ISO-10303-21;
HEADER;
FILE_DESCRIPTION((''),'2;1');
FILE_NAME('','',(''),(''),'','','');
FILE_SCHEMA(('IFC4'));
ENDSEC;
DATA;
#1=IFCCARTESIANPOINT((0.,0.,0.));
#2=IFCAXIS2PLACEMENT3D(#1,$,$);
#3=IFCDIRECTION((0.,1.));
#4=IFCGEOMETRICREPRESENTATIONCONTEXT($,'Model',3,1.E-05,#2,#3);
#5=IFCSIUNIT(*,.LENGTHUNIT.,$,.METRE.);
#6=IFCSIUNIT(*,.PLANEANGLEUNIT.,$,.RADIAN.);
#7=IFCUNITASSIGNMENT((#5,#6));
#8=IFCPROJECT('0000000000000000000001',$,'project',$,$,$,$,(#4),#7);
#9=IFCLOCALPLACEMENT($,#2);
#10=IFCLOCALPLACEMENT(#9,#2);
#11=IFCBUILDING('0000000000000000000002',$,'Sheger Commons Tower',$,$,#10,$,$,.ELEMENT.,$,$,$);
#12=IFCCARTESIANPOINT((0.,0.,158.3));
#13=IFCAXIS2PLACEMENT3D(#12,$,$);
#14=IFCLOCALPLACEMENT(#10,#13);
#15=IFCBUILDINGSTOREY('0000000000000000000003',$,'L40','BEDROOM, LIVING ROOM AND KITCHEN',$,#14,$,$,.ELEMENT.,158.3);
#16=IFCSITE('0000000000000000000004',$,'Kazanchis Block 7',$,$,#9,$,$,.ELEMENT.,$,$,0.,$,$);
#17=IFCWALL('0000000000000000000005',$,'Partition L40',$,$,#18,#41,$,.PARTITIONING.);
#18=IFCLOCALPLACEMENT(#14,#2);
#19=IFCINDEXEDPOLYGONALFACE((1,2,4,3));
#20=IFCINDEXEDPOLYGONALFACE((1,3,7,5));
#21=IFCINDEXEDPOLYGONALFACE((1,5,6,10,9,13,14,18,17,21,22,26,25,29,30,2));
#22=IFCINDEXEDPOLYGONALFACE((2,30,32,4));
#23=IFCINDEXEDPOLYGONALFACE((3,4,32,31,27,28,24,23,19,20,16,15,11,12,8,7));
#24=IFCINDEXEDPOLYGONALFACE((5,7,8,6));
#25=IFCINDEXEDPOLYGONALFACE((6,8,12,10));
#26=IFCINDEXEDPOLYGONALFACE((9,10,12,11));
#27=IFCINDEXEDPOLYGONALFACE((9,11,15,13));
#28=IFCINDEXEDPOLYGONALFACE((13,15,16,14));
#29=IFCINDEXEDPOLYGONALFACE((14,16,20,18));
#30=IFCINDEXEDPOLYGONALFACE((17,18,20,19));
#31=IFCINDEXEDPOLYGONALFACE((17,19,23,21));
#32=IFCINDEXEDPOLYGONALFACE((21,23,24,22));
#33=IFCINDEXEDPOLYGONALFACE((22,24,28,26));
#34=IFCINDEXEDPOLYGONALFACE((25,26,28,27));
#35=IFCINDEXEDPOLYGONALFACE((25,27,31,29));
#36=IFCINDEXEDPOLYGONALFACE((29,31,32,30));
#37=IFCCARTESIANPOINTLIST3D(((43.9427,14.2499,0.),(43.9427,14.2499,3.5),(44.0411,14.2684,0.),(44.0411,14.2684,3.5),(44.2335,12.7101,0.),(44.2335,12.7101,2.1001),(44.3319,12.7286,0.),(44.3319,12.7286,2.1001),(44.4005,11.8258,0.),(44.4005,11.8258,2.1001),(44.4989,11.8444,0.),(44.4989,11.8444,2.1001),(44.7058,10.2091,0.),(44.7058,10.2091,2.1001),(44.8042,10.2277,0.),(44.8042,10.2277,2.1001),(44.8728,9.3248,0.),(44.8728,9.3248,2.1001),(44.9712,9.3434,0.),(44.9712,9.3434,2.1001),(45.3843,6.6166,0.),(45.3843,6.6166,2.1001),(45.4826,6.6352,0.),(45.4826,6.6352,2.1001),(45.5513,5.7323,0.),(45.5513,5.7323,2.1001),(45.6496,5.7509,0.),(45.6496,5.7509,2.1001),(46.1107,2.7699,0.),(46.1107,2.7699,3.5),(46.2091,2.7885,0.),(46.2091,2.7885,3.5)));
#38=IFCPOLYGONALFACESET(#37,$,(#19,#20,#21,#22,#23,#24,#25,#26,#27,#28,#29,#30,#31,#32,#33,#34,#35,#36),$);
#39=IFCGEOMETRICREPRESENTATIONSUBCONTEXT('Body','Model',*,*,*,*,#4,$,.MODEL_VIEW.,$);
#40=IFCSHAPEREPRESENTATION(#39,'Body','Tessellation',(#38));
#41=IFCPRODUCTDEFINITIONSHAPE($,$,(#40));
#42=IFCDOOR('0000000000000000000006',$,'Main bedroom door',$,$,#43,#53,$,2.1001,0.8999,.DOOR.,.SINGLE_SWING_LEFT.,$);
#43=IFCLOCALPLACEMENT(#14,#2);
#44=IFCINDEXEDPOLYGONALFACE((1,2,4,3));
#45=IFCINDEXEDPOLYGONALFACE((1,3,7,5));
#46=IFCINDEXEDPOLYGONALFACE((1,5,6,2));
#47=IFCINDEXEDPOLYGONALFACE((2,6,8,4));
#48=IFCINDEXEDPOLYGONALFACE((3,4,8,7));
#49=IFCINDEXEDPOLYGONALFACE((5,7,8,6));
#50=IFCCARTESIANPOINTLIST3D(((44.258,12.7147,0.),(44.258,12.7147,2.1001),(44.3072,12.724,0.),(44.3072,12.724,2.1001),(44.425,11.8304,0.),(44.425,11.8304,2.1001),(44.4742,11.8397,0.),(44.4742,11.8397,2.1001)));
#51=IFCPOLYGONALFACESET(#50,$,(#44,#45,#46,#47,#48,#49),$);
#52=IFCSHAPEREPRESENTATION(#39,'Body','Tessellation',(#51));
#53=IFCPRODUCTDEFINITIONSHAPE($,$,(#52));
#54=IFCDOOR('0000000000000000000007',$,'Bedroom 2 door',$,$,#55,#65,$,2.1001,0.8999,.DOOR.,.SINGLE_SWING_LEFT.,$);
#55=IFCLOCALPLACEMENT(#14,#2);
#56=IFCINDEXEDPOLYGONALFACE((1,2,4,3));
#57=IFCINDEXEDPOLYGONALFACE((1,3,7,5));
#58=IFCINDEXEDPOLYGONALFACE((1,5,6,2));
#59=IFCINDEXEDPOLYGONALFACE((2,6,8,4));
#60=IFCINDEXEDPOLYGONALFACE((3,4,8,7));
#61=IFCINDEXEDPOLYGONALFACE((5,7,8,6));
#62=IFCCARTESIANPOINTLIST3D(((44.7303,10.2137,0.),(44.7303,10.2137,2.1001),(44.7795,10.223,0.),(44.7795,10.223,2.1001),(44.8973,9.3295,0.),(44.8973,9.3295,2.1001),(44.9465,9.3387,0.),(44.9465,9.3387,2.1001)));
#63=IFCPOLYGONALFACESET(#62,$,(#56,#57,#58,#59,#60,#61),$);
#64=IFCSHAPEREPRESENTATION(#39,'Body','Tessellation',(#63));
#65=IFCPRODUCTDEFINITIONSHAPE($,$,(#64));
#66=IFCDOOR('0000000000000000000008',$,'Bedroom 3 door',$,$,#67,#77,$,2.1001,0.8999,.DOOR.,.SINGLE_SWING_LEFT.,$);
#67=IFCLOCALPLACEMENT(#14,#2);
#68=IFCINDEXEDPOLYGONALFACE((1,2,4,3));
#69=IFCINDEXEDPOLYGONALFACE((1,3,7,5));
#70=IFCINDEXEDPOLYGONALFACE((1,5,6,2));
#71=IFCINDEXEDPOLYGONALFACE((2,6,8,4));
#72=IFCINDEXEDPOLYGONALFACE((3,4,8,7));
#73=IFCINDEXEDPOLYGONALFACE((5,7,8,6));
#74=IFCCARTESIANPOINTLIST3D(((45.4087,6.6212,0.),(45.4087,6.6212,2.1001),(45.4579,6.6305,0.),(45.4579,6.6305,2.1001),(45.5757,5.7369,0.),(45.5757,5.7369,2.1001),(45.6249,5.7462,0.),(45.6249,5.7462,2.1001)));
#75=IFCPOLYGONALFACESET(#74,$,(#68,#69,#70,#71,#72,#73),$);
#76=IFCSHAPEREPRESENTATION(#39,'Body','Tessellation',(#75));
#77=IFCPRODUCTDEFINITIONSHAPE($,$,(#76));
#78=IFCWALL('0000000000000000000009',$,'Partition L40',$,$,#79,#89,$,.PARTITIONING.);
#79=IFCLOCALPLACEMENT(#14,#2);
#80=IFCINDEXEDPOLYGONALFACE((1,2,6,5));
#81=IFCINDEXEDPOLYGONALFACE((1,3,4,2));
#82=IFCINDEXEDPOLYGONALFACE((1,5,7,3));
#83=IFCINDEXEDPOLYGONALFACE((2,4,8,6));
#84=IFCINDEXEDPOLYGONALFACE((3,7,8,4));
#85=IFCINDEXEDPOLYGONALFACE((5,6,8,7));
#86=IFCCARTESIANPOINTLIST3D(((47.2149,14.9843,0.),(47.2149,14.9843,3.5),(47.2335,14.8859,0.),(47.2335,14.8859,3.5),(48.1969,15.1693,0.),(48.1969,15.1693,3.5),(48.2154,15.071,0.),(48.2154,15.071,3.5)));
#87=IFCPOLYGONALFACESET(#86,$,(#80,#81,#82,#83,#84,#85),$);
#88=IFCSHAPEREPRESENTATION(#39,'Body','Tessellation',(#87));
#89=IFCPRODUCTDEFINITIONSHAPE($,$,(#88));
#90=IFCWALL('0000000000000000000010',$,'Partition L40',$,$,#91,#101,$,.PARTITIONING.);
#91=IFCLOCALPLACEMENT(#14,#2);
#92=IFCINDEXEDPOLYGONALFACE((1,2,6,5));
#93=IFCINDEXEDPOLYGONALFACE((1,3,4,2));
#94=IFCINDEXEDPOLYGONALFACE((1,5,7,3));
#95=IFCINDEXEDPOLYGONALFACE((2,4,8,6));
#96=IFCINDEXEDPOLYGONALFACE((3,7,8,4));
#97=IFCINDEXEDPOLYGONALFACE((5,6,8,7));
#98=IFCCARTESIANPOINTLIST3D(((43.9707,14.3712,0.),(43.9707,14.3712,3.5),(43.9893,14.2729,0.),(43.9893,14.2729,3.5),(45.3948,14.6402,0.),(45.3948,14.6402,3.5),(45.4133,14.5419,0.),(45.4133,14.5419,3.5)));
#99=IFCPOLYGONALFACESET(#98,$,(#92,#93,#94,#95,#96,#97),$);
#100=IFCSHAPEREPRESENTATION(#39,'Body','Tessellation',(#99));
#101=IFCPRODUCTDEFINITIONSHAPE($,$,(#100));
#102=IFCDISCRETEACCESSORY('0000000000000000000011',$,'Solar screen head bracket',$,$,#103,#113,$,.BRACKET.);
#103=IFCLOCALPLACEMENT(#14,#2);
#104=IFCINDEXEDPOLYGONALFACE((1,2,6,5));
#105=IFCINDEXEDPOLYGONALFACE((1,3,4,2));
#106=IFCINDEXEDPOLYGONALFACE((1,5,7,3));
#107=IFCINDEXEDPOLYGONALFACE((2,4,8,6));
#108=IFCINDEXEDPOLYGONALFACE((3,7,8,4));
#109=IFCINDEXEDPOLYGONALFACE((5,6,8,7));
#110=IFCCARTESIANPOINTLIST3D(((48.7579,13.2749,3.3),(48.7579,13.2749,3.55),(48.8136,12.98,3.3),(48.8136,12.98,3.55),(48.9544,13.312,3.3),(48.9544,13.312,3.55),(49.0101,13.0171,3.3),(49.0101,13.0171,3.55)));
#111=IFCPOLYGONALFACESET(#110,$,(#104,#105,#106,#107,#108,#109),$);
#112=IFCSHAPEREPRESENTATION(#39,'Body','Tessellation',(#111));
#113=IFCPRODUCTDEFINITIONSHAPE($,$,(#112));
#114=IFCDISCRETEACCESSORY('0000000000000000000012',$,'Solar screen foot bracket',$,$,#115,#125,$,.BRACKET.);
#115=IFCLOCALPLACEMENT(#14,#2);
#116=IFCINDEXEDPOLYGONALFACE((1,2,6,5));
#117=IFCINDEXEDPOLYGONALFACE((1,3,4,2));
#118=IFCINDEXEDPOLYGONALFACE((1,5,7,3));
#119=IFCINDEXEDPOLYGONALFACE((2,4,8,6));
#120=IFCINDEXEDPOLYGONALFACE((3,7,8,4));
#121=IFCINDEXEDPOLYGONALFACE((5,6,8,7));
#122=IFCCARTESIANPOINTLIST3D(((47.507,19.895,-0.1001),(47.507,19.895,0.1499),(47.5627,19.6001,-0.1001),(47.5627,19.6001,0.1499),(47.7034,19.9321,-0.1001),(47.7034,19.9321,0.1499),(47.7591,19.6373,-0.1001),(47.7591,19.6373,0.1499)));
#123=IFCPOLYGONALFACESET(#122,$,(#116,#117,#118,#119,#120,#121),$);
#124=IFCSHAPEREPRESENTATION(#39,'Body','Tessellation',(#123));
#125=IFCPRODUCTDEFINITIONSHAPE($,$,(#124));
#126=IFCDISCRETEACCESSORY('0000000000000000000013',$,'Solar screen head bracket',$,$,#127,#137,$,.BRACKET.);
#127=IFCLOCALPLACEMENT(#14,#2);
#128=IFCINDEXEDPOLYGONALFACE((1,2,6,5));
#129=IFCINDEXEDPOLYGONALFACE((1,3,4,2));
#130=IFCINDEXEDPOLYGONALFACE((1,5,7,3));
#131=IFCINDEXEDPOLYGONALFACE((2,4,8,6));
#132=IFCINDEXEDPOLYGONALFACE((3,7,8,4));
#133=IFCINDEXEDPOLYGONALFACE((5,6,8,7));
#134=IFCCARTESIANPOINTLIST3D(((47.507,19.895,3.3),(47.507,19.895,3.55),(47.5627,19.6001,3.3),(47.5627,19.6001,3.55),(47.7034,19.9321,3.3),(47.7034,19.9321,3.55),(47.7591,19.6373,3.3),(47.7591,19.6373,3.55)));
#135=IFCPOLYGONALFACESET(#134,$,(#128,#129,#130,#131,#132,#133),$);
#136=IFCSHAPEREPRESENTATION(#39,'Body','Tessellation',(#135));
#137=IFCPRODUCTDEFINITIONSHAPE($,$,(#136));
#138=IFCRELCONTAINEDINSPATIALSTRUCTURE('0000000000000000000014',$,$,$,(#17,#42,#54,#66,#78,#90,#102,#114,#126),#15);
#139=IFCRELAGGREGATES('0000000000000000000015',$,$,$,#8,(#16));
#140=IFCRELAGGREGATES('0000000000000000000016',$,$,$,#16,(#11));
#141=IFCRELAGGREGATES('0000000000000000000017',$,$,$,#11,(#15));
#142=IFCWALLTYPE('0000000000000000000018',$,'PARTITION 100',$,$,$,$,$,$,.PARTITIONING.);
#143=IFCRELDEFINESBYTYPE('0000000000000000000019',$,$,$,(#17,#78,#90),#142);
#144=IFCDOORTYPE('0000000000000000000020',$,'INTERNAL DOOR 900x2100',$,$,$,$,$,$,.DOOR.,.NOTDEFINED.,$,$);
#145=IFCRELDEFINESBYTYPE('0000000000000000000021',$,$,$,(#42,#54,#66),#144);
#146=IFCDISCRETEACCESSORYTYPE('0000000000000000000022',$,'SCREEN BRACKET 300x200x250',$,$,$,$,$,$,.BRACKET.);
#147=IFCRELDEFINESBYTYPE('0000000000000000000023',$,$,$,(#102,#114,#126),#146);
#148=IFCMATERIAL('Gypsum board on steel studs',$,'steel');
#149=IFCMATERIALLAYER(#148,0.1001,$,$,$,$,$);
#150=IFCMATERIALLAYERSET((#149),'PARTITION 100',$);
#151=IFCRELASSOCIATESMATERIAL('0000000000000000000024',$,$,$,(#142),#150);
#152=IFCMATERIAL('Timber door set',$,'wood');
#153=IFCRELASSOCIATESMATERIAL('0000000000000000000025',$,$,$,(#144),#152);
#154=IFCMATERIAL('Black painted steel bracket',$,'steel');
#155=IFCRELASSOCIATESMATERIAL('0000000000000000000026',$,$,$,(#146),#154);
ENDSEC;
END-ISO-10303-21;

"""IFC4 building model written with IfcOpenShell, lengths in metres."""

from ifc_helpers import new_model, si_unit, direction, frame, frame_2d, origin, origin_2d, place, context, subcontext, project, spatial, rectangle, extrude, material, layer, layer_set, type_object, element, fill, save


model = new_model("IFC4")

# Units and contexts
model_context = context("Model", 3, precision=1e-05, world=origin(), true_north=direction((0.0, 1.0)))
body_context = subcontext(model_context, "Body", "Model", "MODEL_VIEW")
ifc_project = project(units=[si_unit("LENGTHUNIT", "METRE"), si_unit("PLANEANGLEUNIT", "RADIAN")], contexts=[model_context])

# Site, building, storey
site_placement = place(None, origin())
site = spatial("IfcSite", under=ifc_project, at=site_placement, Name="Kazanchis Block 7", CompositionType="ELEMENT", RefElevation=0.0)
building_placement = place(site_placement, origin())
building = spatial("IfcBuilding", under=site, at=building_placement, Name="Sheger Commons Tower", CompositionType="ELEMENT")
storey_placement = place(building_placement, frame((0.0, 0.0, 158.3)))
storey = spatial("IfcBuildingStorey", under=building, at=storey_placement, Name="L40", Description="BEDROOM, LIVING ROOM AND KITCHEN", CompositionType="ELEMENT", Elevation=158.3)

# Shared definitions
ifc_material_1 = material(Name="Gypsum board on steel studs", Category="steel")
ifc_layer_1 = layer(ifc_material_1, 0.1001)
ifc_layer_set_1 = layer_set([ifc_layer_1], Name="PARTITION 100")
wall_type_1 = type_object("IfcWallType", Name="PARTITION 100", PredefinedType="PARTITIONING", material=ifc_layer_set_1)

# Wall, openings, doors
wall_1_placement = place(storey_placement, frame((43.9919, 14.259, 0.0), z_axis=(0.0, 0.0, 1.0), x_axis=(0.185568, -0.982631, 0.0)))
wall_1 = element("IfcWall", 1, at=wall_1_placement, inside=storey, type_object=wall_type_1, Name="Partition L40", PredefinedType="PARTITIONING", context=body_context, shape_type="SweptSolid", body=[
    extrude(rectangle(XDim=11.6829, YDim=0.1001, at=frame_2d((5.8413, 0.0))), origin(), (0.0, 0.0, 1.0), 3.5),
])
opening_1_placement = place(wall_1_placement, frame((1.5669, 0.0, 0.0)))
opening_1 = element("IfcOpeningElement", 2, at=opening_1_placement, cuts=wall_1, PredefinedType="OPENING", context=body_context, shape_type="SweptSolid", body=[
    extrude(rectangle(XDim=0.8999, YDim=2.1001, at=frame_2d((0.45, 1.05))), frame((0.0, 0.0601, 0.0), z_axis=(0.0, -1.0, 0.0), x_axis=(1.0, 0.0, 0.0)), (0.0, 0.0, 1.0), 0.1201),
])
opening_2_placement = place(wall_1_placement, frame((4.1121, 0.0, 0.0)))
opening_2 = element("IfcOpeningElement", 3, at=opening_2_placement, cuts=wall_1, PredefinedType="OPENING", context=body_context, shape_type="SweptSolid", body=[
    extrude(rectangle(XDim=0.8999, YDim=2.1001, at=frame_2d((0.45, 1.05))), frame((0.0, 0.0601, 0.0), z_axis=(0.0, -1.0, 0.0), x_axis=(1.0, 0.0, 0.0)), (0.0, 0.0, 1.0), 0.1201),
])
opening_3_placement = place(wall_1_placement, frame((7.7681, 0.0, 0.0)))
opening_3 = element("IfcOpeningElement", 4, at=opening_3_placement, cuts=wall_1, PredefinedType="OPENING", context=body_context, shape_type="SweptSolid", body=[
    extrude(rectangle(XDim=0.8999, YDim=2.1001, at=frame_2d((0.45, 1.05))), frame((0.0, 0.0601, 0.0), z_axis=(0.0, -1.0, 0.0), x_axis=(1.0, 0.0, 0.0)), (0.0, 0.0, 1.0), 0.1201),
])
ifc_material_2 = material(Name="Timber door set", Category="wood")
door_type = type_object("IfcDoorType", Name="INTERNAL DOOR 900x2100", OperationType="NOTDEFINED", PredefinedType="DOOR", material=ifc_material_2)
door_1_placement = place(opening_1_placement, origin())
door_1 = element("IfcDoor", 5, at=door_1_placement, inside=storey, type_object=door_type, Name="Main bedroom door", OperationType="SINGLE_SWING_LEFT", OverallHeight=2.1001, OverallWidth=0.8999, PredefinedType="DOOR", context=body_context, shape_type="SweptSolid", body=[
    extrude(rectangle(XDim=0.8999, YDim=2.1001, at=frame_2d((0.45, 1.05))), frame((0.0, 0.0249, 0.0), z_axis=(0.0, -1.0, 0.0), x_axis=(1.0, 0.0, 0.0)), (0.0, 0.0, 1.0), 0.05),
])
fill(opening_1, door_1)
door_2_placement = place(opening_2_placement, origin())
door_2 = element("IfcDoor", 6, at=door_2_placement, inside=storey, type_object=door_type, Name="Bedroom 2 door", OperationType="SINGLE_SWING_LEFT", OverallHeight=2.1001, OverallWidth=0.8999, PredefinedType="DOOR", context=body_context, shape_type="SweptSolid", body=[
    extrude(rectangle(XDim=0.8999, YDim=2.1001, at=frame_2d((0.45, 1.05))), frame((0.0, 0.0249, 0.0), z_axis=(0.0, -1.0, 0.0), x_axis=(1.0, 0.0, 0.0)), (0.0, 0.0, 1.0), 0.05),
])
fill(opening_2, door_2)
door_3_placement = place(opening_3_placement, origin())
door_3 = element("IfcDoor", 7, at=door_3_placement, inside=storey, type_object=door_type, Name="Bedroom 3 door", OperationType="SINGLE_SWING_LEFT", OverallHeight=2.1001, OverallWidth=0.8999, PredefinedType="DOOR", context=body_context, shape_type="SweptSolid", body=[
    extrude(rectangle(XDim=0.8999, YDim=2.1001, at=frame_2d((0.45, 1.05))), frame((0.0, 0.0249, 0.0), z_axis=(0.0, -1.0, 0.0), x_axis=(1.0, 0.0, 0.0)), (0.0, 0.0, 1.0), 0.05),
])
fill(opening_3, door_3)

# Walls
wall_2_placement = place(storey_placement, frame((48.2061, 15.1201, 0.0), z_axis=(0.0, 0.0, 1.0), x_axis=(-0.9827, -0.185203, 0.0)))
element("IfcWall", 8, at=wall_2_placement, inside=storey, type_object=wall_type_1, Name="Partition L40", PredefinedType="PARTITIONING", context=body_context, shape_type="SweptSolid", body=[
    extrude(rectangle(XDim=0.9993, YDim=0.1001, at=frame_2d((0.4995, 0.0))), origin(), (0.0, 0.0, 1.0), 3.5),
])
wall_3_placement = place(storey_placement, frame((45.4041, 14.5911, 0.0), z_axis=(0.0, 0.0, 1.0), x_axis=(-0.982618, -0.185641, 0.0)))
element("IfcWall", 9, at=wall_3_placement, inside=storey, type_object=wall_type_1, Name="Partition L40", PredefinedType="PARTITIONING", context=body_context, shape_type="SweptSolid", body=[
    extrude(rectangle(XDim=1.4492, YDim=0.1001, at=frame_2d((0.7246, 0.0))), origin(), (0.0, 0.0, 1.0), 3.5),
])

# Discrete accessories
ifc_material_3 = material(Name="Black painted steel bracket", Category="steel")
discrete_accessory_type = type_object("IfcDiscreteAccessoryType", Name="SCREEN BRACKET 300x200x250", PredefinedType="BRACKET", material=ifc_material_3)
for number, where, z_axis, x_axis, name in (
    (10, (48.884, 13.146, 3.3), (0.0, 0.0, 1.0), (-0.185615, 0.982623, 0.0), "Solar screen head bracket"),
    (11, (47.6331, 19.7661, -0.1001), (0.0, 0.0, 1.0), (-0.185615, 0.982623, 0.0), "Solar screen foot bracket"),
    (12, (47.6331, 19.7661, 3.3), (0.0, 0.0, 1.0), (-0.185615, 0.982623, 0.0), "Solar screen head bracket"),
):
    element("IfcDiscreteAccessory", number, at=place(storey_placement, frame(where, z_axis=z_axis, x_axis=x_axis)), inside=storey, type_object=discrete_accessory_type, Name=name, PredefinedType="BRACKET", context=body_context, shape_type="SweptSolid", body=[
        extrude(rectangle(XDim=0.3, YDim=0.2, at=origin_2d()), origin(), (0.0, 0.0, 1.0), 0.25),
    ])

save(model, "model.ifc")
